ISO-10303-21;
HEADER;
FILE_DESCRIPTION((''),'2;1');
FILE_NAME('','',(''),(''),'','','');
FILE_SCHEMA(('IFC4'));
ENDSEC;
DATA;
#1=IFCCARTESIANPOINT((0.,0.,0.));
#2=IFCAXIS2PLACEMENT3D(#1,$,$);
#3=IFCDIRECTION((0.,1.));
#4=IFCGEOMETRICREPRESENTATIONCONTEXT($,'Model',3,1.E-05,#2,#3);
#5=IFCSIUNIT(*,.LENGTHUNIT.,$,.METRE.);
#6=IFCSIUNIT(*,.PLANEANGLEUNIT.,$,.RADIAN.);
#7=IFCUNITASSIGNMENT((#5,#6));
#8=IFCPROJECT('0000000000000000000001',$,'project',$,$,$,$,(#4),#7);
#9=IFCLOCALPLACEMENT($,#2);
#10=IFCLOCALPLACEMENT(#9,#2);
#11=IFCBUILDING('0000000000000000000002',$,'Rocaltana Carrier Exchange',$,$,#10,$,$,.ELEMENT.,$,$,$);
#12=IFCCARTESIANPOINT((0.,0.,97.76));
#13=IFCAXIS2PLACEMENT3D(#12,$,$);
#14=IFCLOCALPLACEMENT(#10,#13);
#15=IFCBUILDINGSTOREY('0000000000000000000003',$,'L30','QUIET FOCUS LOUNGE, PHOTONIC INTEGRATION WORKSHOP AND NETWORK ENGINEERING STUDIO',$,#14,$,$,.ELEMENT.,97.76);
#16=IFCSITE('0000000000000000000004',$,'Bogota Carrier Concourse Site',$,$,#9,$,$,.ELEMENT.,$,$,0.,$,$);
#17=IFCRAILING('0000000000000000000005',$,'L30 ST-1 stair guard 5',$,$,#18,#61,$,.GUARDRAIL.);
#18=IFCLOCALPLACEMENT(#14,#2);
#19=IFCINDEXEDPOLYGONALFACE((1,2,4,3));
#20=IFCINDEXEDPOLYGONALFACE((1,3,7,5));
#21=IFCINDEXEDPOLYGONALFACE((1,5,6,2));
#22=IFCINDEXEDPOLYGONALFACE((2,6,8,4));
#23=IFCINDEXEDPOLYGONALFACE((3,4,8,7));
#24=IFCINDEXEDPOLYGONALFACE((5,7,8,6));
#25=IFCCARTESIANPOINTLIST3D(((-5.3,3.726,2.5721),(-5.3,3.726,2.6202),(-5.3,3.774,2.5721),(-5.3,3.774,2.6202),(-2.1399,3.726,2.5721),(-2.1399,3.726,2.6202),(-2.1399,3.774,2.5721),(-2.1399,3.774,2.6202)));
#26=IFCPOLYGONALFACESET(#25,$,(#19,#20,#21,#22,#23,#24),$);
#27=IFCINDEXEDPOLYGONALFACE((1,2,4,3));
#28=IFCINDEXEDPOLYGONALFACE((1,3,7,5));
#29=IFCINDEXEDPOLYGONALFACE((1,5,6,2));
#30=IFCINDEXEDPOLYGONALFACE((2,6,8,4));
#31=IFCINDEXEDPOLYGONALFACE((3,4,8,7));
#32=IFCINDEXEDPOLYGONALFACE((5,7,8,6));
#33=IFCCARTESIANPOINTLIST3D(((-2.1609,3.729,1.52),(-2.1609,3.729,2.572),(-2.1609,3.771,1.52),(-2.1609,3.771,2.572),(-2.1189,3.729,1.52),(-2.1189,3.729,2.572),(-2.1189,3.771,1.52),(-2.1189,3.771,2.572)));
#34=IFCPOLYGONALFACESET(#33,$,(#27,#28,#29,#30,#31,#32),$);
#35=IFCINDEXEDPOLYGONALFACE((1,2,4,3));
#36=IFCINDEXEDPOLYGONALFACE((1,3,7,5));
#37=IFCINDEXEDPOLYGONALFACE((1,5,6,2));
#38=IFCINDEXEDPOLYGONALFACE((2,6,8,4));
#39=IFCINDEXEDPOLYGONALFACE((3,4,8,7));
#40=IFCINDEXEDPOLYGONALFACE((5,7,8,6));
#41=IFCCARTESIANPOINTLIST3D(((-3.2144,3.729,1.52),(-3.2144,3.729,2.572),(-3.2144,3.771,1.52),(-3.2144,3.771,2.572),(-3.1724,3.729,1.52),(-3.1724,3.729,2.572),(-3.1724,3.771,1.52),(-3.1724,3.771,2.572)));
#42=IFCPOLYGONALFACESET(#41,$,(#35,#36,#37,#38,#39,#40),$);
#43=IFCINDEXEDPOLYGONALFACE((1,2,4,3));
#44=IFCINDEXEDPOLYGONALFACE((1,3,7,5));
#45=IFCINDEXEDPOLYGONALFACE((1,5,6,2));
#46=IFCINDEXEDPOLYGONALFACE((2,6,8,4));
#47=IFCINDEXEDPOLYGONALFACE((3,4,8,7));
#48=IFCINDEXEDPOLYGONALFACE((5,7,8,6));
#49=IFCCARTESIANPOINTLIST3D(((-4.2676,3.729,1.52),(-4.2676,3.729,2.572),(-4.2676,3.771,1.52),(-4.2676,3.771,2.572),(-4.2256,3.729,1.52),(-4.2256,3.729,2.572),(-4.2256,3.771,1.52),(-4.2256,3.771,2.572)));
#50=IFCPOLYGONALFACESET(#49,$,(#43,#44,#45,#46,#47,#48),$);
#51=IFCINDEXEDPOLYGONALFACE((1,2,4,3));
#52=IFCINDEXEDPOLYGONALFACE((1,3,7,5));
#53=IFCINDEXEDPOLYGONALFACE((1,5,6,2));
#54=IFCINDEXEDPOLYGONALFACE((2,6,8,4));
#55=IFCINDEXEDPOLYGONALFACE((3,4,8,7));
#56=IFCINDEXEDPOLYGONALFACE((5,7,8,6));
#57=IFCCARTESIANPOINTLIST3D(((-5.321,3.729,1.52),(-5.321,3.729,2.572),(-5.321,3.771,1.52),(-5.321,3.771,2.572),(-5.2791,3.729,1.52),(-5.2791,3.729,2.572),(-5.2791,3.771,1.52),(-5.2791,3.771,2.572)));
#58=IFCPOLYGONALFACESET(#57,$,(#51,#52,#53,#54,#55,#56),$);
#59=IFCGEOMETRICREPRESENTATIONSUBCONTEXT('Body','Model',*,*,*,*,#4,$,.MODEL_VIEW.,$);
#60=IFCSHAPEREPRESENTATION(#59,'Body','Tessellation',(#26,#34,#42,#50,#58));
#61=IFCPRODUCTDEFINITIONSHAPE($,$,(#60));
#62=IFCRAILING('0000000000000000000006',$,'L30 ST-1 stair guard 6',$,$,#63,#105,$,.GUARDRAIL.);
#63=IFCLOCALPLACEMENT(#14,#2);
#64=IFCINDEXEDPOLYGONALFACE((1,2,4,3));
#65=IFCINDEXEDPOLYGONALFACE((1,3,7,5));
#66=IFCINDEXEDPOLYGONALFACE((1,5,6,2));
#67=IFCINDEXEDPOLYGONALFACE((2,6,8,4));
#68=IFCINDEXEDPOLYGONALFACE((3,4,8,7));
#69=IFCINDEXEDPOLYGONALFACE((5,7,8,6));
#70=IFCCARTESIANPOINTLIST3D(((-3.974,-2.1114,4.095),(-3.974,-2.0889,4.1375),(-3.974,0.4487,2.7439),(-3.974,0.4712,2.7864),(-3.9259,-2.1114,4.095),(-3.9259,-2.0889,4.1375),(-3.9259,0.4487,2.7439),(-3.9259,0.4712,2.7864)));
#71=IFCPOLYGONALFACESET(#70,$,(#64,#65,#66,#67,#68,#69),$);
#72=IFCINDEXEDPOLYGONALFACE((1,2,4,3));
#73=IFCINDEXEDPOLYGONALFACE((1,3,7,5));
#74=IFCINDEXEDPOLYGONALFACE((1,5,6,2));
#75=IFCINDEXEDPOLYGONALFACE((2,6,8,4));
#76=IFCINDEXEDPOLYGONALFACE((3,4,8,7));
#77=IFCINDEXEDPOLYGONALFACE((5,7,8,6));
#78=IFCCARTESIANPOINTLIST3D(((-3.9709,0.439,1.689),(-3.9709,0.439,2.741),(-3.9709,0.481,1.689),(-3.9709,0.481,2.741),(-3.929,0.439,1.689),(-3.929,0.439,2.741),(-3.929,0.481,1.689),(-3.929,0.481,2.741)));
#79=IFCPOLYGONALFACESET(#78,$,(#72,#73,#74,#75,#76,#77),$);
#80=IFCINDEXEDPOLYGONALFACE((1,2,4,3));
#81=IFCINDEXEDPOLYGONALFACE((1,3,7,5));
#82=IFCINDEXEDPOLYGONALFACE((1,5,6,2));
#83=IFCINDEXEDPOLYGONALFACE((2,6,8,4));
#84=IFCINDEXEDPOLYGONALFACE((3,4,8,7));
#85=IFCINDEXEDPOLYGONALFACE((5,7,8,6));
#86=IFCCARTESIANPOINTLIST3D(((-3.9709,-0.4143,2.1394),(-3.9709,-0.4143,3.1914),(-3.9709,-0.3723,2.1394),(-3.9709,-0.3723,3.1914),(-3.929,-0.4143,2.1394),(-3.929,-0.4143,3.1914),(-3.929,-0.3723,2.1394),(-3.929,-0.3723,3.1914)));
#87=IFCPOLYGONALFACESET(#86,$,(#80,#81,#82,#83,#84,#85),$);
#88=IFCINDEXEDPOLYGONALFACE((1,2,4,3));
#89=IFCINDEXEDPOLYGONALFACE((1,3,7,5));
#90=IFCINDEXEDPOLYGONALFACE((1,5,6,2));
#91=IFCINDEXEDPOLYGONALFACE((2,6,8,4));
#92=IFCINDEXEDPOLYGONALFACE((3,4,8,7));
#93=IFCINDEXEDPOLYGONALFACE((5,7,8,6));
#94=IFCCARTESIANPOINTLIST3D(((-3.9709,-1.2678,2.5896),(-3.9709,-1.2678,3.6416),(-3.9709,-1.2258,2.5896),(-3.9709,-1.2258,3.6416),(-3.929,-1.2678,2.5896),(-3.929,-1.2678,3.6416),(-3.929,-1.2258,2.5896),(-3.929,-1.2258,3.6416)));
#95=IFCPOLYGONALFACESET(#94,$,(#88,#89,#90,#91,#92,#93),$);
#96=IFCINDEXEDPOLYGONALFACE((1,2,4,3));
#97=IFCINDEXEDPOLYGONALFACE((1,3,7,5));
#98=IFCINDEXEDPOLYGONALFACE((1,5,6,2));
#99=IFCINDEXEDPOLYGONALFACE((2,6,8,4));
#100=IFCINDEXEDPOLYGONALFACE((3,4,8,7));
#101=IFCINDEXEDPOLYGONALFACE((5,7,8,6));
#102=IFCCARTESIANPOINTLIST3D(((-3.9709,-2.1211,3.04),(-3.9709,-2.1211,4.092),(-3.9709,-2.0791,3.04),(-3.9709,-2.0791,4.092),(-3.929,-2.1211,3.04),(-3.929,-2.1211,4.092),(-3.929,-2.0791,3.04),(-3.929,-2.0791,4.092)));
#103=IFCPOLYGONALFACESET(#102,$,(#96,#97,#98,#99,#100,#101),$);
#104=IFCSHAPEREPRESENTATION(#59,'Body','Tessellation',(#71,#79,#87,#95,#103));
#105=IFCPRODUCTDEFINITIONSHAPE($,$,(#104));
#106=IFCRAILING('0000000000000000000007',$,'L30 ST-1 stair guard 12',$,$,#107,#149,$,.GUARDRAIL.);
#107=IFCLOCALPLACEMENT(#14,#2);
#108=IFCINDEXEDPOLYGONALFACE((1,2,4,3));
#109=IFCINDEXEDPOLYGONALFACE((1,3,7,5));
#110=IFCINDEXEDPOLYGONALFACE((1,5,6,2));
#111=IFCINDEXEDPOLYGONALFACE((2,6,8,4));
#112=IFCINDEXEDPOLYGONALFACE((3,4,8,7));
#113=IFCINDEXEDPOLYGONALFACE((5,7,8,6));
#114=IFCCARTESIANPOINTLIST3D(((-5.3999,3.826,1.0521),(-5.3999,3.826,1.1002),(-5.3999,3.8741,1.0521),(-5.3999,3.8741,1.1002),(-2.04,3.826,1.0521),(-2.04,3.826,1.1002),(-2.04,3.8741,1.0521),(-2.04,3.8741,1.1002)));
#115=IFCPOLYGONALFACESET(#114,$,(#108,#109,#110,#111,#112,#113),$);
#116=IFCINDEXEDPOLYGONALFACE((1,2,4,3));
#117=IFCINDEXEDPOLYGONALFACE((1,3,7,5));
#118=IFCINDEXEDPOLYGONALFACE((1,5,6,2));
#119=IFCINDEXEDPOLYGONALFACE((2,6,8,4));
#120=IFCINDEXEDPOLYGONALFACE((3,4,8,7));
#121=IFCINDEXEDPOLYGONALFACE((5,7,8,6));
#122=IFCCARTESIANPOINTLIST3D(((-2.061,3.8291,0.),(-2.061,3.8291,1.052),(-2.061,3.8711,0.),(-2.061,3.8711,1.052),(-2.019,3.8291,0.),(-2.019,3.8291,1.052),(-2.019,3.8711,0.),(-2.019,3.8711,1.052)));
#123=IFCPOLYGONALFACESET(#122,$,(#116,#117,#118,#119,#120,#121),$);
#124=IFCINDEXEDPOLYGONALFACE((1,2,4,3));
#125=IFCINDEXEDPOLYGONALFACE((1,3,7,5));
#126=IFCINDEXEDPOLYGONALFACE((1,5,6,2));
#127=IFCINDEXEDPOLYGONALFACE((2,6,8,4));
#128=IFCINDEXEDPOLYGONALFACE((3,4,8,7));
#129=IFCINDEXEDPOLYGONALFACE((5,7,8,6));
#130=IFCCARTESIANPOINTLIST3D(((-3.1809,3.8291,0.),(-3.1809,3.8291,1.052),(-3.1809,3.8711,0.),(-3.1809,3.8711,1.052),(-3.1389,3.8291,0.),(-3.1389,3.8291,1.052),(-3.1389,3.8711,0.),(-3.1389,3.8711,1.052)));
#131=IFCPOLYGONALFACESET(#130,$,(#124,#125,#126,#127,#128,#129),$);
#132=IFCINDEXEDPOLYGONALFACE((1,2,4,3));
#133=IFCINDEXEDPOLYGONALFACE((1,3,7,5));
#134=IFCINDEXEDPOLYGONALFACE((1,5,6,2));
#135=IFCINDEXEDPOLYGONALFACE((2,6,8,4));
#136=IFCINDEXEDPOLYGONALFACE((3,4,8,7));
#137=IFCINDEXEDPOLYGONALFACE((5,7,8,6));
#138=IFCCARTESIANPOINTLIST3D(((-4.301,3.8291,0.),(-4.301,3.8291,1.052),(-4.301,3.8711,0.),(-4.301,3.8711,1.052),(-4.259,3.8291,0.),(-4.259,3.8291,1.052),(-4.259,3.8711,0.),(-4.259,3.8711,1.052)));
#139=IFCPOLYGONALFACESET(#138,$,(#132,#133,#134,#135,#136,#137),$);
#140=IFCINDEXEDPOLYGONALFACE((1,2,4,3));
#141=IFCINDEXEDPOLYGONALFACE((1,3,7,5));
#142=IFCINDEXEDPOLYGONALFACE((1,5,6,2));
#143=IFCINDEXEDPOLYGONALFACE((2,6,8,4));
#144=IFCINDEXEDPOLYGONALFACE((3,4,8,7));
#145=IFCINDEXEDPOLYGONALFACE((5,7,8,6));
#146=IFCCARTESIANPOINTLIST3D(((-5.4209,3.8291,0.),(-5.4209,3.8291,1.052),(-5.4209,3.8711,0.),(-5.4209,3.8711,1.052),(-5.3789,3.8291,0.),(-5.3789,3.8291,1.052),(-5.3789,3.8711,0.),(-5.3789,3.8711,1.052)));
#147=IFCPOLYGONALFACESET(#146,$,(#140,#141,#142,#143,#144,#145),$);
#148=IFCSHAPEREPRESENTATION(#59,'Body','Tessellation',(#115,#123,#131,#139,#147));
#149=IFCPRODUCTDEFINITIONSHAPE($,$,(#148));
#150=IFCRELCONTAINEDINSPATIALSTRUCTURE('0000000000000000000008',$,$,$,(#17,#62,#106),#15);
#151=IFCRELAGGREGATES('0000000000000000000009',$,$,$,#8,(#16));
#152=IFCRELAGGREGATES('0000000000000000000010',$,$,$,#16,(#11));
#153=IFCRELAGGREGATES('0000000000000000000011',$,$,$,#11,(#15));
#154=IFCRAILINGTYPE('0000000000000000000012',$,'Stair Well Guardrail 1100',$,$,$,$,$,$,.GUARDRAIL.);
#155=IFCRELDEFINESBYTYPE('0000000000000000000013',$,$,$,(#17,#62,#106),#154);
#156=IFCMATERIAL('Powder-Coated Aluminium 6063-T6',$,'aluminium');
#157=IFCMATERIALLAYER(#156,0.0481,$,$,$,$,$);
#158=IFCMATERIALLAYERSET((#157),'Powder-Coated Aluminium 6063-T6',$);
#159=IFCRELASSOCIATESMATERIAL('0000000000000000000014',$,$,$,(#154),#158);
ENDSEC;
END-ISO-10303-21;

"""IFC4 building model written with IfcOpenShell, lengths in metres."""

from ifc_helpers import new_model, si_unit, direction, frame, origin, origin_2d, place, context, subcontext, project, spatial, rectangle, extrude, material, layer, layer_set, type_object, element, save


model = new_model("IFC4")

# Units and contexts
model_context = context("Model", 3, precision=1e-05, world=origin(), true_north=direction((0.0, 1.0)))
body_context = subcontext(model_context, "Body", "Model", "MODEL_VIEW")
ifc_project = project(units=[si_unit("LENGTHUNIT", "METRE"), si_unit("PLANEANGLEUNIT", "RADIAN")], contexts=[model_context])

# Site, building, storey
site_placement = place(None, origin())
site = spatial("IfcSite", under=ifc_project, at=site_placement, Name="Bogota Carrier Concourse Site", CompositionType="ELEMENT", RefElevation=0.0)
building_placement = place(site_placement, origin())
building = spatial("IfcBuilding", under=site, at=building_placement, Name="Rocaltana Carrier Exchange", CompositionType="ELEMENT")
storey_placement = place(building_placement, frame((0.0, 0.0, 97.76)))
storey = spatial("IfcBuildingStorey", under=building, at=storey_placement, Name="L30", Description="QUIET FOCUS LOUNGE, PHOTONIC INTEGRATION WORKSHOP AND NETWORK ENGINEERING STUDIO", CompositionType="ELEMENT", Elevation=97.76)

# Railings
ifc_material_1 = material(Name="Powder-Coated Aluminium 6063-T6", Category="aluminium")
ifc_layer_1 = layer(ifc_material_1, 0.0481)
ifc_layer_set_1 = layer_set([ifc_layer_1], Name="Powder-Coated Aluminium 6063-T6")
railing_type_1 = type_object("IfcRailingType", Name="Stair Well Guardrail 1100", PredefinedType="GUARDRAIL", material=ifc_layer_set_1)
railing_1_placement = place(storey_placement, frame((-2.1399, 3.75, 1.52)))
element("IfcRailing", 1, at=railing_1_placement, inside=storey, type_object=railing_type_1, Name="L30 ST-1 stair guard 5", PredefinedType="GUARDRAIL", context=body_context, shape_type="SweptSolid", body=[
    extrude(rectangle(XDim=0.0481, YDim=0.0481, at=origin_2d()), frame((0.0, 0.0, 1.0762), z_axis=(-1.0, 0.0, 0.0), x_axis=(0.0, -1.0, 0.0)), (0.0, 0.0, 1.0), 3.1602),
    extrude(rectangle(XDim=0.042, YDim=0.042, at=origin_2d()), origin(), (0.0, 0.0, 1.0), 1.052),
    extrude(rectangle(XDim=0.042, YDim=0.042, at=origin_2d()), frame((-1.0535, 0.0, 0.0)), (0.0, 0.0, 1.0), 1.052),
    extrude(rectangle(XDim=0.042, YDim=0.042, at=origin_2d()), frame((-2.1067, 0.0, 0.0)), (0.0, 0.0, 1.0), 1.052),
    extrude(rectangle(XDim=0.042, YDim=0.042, at=origin_2d()), frame((-3.1602, 0.0, 0.0)), (0.0, 0.0, 1.0), 1.052),
])
railing_2_placement = place(storey_placement, frame((-3.95, 0.46, 1.689)))
element("IfcRailing", 2, at=railing_2_placement, inside=storey, type_object=railing_type_1, Name="L30 ST-1 stair guard 6", PredefinedType="GUARDRAIL", context=body_context, shape_type="SweptSolid", body=[
    extrude(rectangle(XDim=0.0481, YDim=0.0481, at=origin_2d()), frame((0.0, 0.0, 1.0762), z_axis=(0.0, -0.884394, 0.46674), x_axis=(1.0, 0.0, 0.0)), (0.0, 0.0, 1.0), 2.8948),
    extrude(rectangle(XDim=0.042, YDim=0.042, at=origin_2d()), origin(), (0.0, 0.0, 1.0), 1.052),
    extrude(rectangle(XDim=0.042, YDim=0.042, at=origin_2d()), frame((0.0, -0.8533, 0.4504)), (0.0, 0.0, 1.0), 1.052),
    extrude(rectangle(XDim=0.042, YDim=0.042, at=origin_2d()), frame((0.0, -1.7068, 0.9006)), (0.0, 0.0, 1.0), 1.052),
    extrude(rectangle(XDim=0.042, YDim=0.042, at=origin_2d()), frame((0.0, -2.5601, 1.3511)), (0.0, 0.0, 1.0), 1.052),
])
railing_3_placement = place(storey_placement, frame((-2.04, 3.8501, 0.0)))
element("IfcRailing", 3, at=railing_3_placement, inside=storey, type_object=railing_type_1, Name="L30 ST-1 stair guard 12", PredefinedType="GUARDRAIL", context=body_context, shape_type="SweptSolid", body=[
    extrude(rectangle(XDim=0.0481, YDim=0.0481, at=origin_2d()), frame((0.0, 0.0, 1.0762), z_axis=(-1.0, 0.0, 0.0), x_axis=(0.0, -1.0, 0.0)), (0.0, 0.0, 1.0), 3.3599),
    extrude(rectangle(XDim=0.042, YDim=0.042, at=origin_2d()), origin(), (0.0, 0.0, 1.0), 1.052),
    extrude(rectangle(XDim=0.042, YDim=0.042, at=origin_2d()), frame((-1.1199, 0.0, 0.0)), (0.0, 0.0, 1.0), 1.052),
    extrude(rectangle(XDim=0.042, YDim=0.042, at=origin_2d()), frame((-2.24, 0.0, 0.0)), (0.0, 0.0, 1.0), 1.052),
    extrude(rectangle(XDim=0.042, YDim=0.042, at=origin_2d()), frame((-3.3599, 0.0, 0.0)), (0.0, 0.0, 1.0), 1.052),
])

save(model, "model.ifc")
